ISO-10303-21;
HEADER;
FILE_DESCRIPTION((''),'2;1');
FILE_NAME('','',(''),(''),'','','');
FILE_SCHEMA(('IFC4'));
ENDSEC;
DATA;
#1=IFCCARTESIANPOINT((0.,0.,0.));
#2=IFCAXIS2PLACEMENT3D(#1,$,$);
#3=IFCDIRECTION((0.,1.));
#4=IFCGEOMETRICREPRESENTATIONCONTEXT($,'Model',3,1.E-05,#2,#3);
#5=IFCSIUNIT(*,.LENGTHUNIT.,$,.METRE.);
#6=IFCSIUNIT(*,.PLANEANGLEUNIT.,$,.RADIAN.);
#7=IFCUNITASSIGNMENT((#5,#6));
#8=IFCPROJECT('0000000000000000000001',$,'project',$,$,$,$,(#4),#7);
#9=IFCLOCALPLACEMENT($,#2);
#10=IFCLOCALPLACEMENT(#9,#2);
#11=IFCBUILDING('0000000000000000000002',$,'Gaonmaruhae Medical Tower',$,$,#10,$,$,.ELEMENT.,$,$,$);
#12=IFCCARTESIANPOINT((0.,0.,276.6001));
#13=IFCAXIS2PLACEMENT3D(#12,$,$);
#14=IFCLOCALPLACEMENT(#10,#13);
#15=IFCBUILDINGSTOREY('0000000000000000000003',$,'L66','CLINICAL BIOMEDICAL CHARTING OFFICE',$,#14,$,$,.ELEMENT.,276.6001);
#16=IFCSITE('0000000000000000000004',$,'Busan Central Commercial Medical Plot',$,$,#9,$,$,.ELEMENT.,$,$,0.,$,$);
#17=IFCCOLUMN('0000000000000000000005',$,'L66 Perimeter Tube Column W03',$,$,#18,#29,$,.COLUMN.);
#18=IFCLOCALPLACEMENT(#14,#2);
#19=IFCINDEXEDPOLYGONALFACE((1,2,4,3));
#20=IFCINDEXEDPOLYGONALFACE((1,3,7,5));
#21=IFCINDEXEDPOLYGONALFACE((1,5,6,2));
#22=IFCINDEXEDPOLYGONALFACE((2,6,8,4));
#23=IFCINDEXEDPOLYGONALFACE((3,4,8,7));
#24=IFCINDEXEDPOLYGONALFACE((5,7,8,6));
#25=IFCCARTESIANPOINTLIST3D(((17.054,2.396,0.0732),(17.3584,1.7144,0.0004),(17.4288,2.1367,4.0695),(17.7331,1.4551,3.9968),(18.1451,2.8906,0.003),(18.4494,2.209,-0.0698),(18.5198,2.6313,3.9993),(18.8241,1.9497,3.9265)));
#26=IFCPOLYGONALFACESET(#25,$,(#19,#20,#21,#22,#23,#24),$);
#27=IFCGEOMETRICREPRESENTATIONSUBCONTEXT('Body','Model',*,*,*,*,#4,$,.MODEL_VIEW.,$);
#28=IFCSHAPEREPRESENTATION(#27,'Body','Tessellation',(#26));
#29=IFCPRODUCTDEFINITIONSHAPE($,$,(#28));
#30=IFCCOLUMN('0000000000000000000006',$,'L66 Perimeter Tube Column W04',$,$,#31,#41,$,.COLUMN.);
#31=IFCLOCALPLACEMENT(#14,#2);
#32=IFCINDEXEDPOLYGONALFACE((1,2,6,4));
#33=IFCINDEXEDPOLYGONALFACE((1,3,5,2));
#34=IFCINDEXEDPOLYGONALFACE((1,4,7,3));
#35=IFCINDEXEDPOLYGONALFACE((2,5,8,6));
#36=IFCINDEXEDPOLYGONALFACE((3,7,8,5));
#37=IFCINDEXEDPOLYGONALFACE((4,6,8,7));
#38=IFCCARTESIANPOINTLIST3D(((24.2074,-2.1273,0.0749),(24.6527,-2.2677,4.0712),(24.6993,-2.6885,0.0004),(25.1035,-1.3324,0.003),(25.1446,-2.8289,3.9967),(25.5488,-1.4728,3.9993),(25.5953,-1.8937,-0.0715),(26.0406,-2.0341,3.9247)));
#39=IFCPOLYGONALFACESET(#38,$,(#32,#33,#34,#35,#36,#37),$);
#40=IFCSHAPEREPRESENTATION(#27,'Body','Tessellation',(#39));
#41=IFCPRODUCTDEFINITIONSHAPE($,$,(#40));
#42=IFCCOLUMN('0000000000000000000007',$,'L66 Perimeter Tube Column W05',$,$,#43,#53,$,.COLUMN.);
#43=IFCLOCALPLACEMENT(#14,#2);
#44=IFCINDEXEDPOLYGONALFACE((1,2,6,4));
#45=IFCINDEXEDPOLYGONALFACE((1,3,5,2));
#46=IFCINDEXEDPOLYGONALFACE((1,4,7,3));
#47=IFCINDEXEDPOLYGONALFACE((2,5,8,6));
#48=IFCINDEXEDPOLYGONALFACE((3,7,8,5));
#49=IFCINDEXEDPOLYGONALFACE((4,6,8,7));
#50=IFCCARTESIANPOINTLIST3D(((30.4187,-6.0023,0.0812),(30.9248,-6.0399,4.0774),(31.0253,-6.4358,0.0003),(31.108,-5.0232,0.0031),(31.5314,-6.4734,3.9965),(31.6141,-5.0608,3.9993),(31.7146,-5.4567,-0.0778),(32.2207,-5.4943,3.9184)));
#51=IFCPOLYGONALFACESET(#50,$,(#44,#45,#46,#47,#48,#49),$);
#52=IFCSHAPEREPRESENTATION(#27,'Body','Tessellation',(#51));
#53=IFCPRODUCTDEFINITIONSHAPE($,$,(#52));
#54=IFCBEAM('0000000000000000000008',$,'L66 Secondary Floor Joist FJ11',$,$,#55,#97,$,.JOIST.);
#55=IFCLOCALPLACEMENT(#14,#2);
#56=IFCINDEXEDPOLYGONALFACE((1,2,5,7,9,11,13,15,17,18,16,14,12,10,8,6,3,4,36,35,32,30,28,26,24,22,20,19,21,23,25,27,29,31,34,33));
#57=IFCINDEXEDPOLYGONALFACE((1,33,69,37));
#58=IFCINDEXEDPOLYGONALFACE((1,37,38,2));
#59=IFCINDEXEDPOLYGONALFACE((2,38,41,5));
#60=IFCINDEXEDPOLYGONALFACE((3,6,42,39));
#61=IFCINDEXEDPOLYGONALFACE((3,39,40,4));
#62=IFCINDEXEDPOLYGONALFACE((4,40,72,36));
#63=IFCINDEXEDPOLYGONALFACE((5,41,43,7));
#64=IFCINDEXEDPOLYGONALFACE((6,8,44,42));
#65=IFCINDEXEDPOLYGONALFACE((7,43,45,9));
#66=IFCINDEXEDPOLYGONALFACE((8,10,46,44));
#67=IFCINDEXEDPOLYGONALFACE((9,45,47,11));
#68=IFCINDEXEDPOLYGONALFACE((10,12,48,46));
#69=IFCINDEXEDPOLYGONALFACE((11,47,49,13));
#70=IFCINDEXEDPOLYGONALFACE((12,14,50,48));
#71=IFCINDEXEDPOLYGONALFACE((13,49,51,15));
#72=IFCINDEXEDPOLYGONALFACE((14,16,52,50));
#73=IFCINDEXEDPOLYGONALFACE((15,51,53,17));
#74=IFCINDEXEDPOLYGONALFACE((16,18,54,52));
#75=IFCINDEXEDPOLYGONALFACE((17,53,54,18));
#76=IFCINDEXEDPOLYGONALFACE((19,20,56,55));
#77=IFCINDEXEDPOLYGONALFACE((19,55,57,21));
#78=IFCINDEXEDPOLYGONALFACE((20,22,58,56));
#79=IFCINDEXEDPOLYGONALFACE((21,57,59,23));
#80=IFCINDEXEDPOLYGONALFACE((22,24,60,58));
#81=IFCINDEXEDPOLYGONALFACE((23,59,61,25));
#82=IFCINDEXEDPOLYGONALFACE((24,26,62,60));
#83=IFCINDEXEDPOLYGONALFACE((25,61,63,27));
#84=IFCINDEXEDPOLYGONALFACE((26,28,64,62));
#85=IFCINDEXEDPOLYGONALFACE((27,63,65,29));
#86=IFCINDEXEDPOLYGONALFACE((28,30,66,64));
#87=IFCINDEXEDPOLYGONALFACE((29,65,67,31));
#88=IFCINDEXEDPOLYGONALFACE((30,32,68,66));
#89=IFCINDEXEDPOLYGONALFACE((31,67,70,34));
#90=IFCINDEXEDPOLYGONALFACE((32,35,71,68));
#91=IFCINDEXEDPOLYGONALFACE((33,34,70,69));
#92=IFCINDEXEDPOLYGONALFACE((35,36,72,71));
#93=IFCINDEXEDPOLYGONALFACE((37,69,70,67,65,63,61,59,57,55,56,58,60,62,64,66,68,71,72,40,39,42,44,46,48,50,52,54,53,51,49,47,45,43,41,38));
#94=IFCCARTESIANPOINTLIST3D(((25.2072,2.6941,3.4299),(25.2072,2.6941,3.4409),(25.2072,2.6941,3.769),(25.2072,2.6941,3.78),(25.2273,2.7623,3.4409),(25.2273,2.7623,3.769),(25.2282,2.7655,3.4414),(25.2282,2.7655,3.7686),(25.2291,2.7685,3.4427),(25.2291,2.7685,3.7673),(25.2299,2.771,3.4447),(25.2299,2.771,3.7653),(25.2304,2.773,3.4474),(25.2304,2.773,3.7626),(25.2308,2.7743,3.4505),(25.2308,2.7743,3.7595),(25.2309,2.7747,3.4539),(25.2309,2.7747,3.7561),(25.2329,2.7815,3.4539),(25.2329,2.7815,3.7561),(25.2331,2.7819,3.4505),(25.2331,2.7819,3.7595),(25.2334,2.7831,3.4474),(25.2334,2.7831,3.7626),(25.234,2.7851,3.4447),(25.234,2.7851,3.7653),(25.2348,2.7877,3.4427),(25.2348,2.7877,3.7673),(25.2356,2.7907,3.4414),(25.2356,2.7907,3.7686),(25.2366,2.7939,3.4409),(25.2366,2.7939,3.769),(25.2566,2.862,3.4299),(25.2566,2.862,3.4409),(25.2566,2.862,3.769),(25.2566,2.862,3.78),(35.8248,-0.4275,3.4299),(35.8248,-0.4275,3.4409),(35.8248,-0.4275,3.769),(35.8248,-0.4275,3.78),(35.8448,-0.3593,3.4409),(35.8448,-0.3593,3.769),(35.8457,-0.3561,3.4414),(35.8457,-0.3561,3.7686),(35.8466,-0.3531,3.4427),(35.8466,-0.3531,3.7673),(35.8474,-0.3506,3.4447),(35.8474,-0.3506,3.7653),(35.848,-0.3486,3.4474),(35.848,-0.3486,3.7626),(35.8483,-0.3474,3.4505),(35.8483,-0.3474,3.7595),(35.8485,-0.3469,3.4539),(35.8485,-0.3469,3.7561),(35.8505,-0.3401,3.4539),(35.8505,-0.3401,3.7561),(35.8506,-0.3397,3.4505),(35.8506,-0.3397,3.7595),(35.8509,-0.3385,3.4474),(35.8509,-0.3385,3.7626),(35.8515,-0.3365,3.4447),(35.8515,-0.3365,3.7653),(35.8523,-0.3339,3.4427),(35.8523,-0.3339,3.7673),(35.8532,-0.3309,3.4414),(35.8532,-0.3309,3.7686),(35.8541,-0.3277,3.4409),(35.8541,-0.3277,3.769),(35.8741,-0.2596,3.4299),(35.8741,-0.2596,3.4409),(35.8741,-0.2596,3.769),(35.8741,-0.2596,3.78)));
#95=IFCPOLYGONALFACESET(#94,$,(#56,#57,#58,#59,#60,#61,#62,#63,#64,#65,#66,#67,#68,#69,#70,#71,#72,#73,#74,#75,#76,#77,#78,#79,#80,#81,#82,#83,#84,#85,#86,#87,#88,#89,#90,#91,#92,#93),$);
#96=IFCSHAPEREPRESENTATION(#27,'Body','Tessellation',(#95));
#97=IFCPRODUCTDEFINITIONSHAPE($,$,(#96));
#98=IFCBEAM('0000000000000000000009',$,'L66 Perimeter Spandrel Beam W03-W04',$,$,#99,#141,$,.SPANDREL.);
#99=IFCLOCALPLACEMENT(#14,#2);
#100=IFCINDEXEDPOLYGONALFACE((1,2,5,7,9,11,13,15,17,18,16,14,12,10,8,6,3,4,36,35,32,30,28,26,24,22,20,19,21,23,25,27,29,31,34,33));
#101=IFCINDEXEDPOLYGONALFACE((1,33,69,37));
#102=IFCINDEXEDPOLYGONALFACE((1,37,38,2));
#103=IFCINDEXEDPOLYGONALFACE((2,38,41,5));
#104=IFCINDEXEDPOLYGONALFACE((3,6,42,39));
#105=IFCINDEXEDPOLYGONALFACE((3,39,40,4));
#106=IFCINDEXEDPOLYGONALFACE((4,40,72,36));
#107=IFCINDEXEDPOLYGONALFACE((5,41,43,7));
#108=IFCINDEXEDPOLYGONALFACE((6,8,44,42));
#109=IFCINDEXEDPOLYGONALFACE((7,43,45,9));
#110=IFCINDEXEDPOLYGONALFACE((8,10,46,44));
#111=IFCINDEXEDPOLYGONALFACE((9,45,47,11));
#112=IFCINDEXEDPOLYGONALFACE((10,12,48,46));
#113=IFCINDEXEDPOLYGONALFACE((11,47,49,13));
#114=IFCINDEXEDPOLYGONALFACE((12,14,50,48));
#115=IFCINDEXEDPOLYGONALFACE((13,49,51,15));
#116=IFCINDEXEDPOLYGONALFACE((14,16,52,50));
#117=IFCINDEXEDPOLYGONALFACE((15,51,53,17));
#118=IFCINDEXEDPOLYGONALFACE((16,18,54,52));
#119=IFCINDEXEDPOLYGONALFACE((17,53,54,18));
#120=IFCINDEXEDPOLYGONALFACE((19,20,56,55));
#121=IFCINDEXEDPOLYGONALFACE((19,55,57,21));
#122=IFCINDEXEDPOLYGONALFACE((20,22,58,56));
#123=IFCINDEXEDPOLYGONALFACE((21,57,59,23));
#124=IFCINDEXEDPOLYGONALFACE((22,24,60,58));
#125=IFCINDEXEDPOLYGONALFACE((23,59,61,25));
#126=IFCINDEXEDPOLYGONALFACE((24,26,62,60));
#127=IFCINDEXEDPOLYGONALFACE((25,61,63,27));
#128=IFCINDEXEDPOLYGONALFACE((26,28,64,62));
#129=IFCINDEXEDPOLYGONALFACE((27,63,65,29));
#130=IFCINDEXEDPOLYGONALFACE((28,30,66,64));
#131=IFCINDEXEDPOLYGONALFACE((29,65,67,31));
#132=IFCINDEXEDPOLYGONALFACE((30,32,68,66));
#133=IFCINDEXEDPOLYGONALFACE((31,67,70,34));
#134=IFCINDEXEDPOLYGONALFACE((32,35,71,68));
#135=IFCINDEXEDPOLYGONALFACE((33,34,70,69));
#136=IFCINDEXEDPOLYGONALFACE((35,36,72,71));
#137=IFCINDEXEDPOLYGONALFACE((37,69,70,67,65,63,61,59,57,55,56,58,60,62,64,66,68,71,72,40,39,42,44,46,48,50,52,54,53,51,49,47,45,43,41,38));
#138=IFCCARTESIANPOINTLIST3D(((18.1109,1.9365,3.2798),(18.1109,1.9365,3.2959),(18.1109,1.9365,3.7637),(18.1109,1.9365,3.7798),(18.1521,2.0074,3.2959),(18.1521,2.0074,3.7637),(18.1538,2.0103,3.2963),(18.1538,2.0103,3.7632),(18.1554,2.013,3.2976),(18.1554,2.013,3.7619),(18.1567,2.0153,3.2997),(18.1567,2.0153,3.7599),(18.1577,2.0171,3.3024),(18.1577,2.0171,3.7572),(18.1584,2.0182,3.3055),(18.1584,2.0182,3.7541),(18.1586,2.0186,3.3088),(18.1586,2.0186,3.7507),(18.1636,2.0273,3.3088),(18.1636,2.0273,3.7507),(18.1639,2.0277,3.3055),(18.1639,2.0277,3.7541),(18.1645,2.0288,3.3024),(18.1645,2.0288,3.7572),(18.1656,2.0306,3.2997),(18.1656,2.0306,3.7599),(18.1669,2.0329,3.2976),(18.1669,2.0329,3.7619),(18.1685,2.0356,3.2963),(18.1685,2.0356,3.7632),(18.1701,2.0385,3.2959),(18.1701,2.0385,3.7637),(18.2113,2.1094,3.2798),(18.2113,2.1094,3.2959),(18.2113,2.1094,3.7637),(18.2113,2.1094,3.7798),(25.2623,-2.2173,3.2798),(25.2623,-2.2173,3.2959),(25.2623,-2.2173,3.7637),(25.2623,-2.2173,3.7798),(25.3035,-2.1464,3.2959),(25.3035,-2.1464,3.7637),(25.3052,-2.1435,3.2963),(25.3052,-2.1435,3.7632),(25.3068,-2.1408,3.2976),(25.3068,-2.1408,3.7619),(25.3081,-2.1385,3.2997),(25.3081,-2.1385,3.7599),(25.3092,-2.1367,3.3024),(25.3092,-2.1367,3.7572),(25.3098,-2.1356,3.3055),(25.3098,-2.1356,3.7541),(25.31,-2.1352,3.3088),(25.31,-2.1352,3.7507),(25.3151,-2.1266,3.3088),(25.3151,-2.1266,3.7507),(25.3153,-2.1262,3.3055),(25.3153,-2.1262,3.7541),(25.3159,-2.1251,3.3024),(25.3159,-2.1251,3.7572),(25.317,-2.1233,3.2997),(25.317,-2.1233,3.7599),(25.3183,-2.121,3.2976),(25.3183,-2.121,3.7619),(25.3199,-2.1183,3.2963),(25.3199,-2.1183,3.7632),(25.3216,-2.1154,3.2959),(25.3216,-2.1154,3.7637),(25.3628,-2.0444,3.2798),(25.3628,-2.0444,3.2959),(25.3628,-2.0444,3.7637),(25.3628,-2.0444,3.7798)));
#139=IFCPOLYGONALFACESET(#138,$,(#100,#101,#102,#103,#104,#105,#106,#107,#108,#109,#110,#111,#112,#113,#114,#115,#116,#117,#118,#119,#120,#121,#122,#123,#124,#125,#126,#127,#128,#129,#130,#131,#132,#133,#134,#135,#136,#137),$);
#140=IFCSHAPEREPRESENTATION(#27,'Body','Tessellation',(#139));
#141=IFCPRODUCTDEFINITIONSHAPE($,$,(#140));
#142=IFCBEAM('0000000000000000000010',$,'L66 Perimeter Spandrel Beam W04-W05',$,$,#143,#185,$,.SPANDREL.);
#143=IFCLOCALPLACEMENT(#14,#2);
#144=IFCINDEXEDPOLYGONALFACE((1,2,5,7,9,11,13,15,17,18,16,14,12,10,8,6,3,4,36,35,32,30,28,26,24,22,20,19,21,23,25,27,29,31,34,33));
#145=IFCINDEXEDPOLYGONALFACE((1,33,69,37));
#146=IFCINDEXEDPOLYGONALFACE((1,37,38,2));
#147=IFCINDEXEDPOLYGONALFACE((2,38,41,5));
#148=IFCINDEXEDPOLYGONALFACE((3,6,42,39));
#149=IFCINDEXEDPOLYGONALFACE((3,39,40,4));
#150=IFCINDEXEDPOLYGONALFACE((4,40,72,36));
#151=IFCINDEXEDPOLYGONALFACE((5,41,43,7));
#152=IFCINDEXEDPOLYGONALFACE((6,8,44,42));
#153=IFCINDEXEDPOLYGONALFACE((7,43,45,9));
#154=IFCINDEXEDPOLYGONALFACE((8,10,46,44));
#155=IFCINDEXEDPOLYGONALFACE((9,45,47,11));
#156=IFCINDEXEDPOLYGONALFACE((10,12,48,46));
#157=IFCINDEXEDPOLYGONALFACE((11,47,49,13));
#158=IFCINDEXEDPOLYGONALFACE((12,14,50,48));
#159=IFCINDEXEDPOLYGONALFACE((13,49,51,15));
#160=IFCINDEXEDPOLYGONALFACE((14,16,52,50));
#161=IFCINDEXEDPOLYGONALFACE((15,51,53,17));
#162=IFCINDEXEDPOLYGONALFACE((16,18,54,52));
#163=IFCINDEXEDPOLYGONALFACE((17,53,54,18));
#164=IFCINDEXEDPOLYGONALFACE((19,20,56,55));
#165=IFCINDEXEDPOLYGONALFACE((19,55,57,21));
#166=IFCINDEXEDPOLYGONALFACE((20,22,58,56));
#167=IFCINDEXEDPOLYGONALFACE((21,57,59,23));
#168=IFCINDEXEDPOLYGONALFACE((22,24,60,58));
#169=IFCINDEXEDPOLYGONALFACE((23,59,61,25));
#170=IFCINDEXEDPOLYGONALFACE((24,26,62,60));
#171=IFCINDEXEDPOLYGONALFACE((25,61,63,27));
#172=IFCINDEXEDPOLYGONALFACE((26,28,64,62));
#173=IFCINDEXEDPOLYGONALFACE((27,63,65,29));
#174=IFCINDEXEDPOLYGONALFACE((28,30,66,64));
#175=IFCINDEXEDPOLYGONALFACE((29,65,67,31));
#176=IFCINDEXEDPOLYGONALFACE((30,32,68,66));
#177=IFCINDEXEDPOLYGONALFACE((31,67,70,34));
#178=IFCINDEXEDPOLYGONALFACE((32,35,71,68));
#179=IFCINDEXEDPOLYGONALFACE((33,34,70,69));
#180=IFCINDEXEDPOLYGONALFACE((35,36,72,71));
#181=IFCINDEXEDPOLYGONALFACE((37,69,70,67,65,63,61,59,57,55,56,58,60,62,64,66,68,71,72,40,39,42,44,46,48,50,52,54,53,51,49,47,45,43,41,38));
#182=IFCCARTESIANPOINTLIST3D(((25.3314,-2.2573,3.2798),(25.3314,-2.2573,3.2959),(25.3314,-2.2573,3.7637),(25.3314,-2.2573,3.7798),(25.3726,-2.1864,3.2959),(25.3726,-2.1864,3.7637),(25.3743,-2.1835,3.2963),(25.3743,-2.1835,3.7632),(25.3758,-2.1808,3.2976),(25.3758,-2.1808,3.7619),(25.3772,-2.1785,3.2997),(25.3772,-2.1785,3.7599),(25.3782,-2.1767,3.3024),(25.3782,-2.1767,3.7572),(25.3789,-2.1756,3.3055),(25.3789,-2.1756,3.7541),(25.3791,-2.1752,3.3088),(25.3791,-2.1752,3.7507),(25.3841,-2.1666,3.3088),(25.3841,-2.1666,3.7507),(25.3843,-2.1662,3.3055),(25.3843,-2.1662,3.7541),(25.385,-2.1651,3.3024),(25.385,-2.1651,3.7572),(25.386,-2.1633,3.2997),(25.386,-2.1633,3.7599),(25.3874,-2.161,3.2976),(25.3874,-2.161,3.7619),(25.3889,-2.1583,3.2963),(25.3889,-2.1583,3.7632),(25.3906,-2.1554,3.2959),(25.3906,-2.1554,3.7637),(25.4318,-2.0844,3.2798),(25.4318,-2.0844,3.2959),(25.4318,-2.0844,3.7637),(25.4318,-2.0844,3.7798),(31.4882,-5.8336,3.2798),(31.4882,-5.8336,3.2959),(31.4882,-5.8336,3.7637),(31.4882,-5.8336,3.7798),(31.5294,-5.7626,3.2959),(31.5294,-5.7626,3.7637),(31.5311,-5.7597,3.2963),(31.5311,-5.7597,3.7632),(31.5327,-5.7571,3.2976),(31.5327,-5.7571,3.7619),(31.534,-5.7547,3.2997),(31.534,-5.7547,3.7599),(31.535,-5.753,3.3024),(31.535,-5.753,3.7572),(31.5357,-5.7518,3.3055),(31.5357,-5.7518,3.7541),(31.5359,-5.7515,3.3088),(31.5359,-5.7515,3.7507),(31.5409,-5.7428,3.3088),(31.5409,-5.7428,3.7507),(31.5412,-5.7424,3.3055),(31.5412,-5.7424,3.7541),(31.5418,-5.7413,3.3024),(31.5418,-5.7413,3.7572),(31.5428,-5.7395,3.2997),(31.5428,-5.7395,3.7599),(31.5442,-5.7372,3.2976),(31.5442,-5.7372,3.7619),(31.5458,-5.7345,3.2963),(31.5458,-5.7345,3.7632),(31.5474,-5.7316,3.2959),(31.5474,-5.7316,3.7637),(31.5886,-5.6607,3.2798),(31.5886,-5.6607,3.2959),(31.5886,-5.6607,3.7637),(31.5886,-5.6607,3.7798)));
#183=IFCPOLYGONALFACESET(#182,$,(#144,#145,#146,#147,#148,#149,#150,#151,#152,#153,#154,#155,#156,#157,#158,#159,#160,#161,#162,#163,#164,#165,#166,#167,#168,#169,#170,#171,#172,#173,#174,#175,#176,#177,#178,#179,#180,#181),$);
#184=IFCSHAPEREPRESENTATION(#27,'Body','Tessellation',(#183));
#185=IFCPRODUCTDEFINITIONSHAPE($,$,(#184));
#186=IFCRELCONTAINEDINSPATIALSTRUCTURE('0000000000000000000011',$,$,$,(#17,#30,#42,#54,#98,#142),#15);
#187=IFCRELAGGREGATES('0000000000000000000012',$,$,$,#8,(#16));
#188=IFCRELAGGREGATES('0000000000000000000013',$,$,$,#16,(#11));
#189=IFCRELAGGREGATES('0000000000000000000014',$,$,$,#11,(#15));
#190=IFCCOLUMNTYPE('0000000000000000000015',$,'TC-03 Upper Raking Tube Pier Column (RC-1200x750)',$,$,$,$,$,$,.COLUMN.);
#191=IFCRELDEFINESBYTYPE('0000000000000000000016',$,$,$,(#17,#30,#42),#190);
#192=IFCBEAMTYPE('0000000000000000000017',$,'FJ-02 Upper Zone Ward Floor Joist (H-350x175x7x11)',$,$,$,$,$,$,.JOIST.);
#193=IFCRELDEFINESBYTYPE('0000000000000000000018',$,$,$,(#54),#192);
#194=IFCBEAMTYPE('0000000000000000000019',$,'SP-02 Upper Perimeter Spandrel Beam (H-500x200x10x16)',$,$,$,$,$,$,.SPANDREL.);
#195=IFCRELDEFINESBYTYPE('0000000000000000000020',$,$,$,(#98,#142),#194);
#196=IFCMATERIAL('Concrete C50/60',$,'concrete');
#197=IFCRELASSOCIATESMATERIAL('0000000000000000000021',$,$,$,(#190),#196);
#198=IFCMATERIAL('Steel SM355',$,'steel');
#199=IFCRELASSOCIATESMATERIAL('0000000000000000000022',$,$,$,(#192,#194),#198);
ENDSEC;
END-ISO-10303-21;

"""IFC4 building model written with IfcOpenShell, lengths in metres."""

from ifc_helpers import new_model, si_unit, direction, frame, origin, origin_2d, place, context, subcontext, project, spatial, rectangle, i_section, extrude, material, material_profile, profile_set, type_object, element, save


model = new_model("IFC4")

# Units and contexts
model_context = context("Model", 3, precision=1e-05, world=origin(), true_north=direction((0.0, 1.0)))
body_context = subcontext(model_context, "Body", "Model", "MODEL_VIEW")
ifc_project = project(units=[si_unit("LENGTHUNIT", "METRE"), si_unit("PLANEANGLEUNIT", "RADIAN")], contexts=[model_context])

# Site, building, storey
site_placement = place(None, origin())
site = spatial("IfcSite", under=ifc_project, at=site_placement, Name="Busan Central Commercial Medical Plot", CompositionType="ELEMENT", RefElevation=0.0)
building_placement = place(site_placement, origin())
building = spatial("IfcBuilding", under=site, at=building_placement, Name="Gaonmaruhae Medical Tower", CompositionType="ELEMENT")
storey_placement = place(building_placement, frame((0.0, 0.0, 276.6001)))
storey = spatial("IfcBuildingStorey", under=building, at=storey_placement, Name="L66", Description="CLINICAL BIOMEDICAL CHARTING OFFICE", CompositionType="ELEMENT", Elevation=276.6001)

# Columns
ifc_material_1 = material(Name="Concrete C50/60", Category="concrete")
ifc_material_profile_1 = material_profile(ifc_material_1, rectangle(XDim=1.2, YDim=0.75, at=origin_2d()), Name="RC-1200x750")
ifc_profile_set_1 = profile_set([ifc_material_profile_1], Name="Concrete C50/60")
column_type = type_object("IfcColumnType", Name="TC-03 Upper Raking Tube Pier Column (RC-1200x750)", PredefinedType="COLUMN", material=ifc_profile_set_1)
column_1_placement = place(storey_placement, frame((17.7517, 2.3025, 0.0017), z_axis=(0.093171, -0.064461, 0.993561), x_axis=(-0.909225, -0.412171, 0.058521)))
element("IfcColumn", 1, at=column_1_placement, inside=storey, type_object=column_type, Name="L66 Perimeter Tube Column W03", PredefinedType="COLUMN", context=body_context, shape_type="SweptSolid", body=[
    extrude(rectangle(XDim=1.2, YDim=0.75, at=origin_2d()), origin(), (0.0, 0.0, 1.0), 4.0222),
])
column_2_placement = place(storey_placement, frame((24.9014, -2.0105, 0.0017), z_axis=(0.110677, -0.03489, 0.993244), x_axis=(-0.746748, -0.6624, 0.059942)))
element("IfcColumn", 2, at=column_2_placement, inside=storey, type_object=column_type, Name="L66 Perimeter Tube Column W04", PredefinedType="COLUMN", context=body_context, shape_type="SweptSolid", body=[
    extrude(rectangle(XDim=1.2, YDim=0.75, at=origin_2d()), origin(), (0.0, 0.0, 1.0), 4.0234),
])
column_3_placement = place(storey_placement, frame((31.0667, -5.7295, 0.0017), z_axis=(0.125633, -0.009333, 0.992033), x_axis=(-0.574446, -0.815952, 0.065072)))
element("IfcColumn", 3, at=column_3_placement, inside=storey, type_object=column_type, Name="L66 Perimeter Tube Column W05", PredefinedType="COLUMN", context=body_context, shape_type="SweptSolid", body=[
    extrude(rectangle(XDim=1.2, YDim=0.75, at=origin_2d()), origin(), (0.0, 0.0, 1.0), 4.0283),
])

# Beams
ifc_material_2 = material(Name="Steel SM355", Category="steel")
ifc_material_profile_2 = material_profile(ifc_material_2, i_section(OverallWidth=0.175, OverallDepth=0.3501, WebThickness=0.0071, FlangeThickness=0.011, FilletRadius=0.0129, at=origin_2d()), Name="H-350x175x7x11")
ifc_profile_set_2 = profile_set([ifc_material_profile_2], Name="Steel SM355")
beam_type_1 = type_object("IfcBeamType", Name="FJ-02 Upper Zone Ward Floor Joist (H-350x175x7x11)", PredefinedType="JOIST", material=ifc_profile_set_2)
beam_1_placement = place(storey_placement, frame((25.2319, 2.7781, 3.605), z_axis=(0.959395, -0.282067, 0.0), x_axis=(0.282067, 0.959395, 0.0)))
element("IfcBeam", 4, at=beam_1_placement, inside=storey, type_object=beam_type_1, Name="L66 Secondary Floor Joist FJ11", PredefinedType="JOIST", context=body_context, shape_type="SweptSolid", body=[
    extrude(i_section(OverallWidth=0.175, OverallDepth=0.3501, WebThickness=0.0071, FlangeThickness=0.011, FilletRadius=0.0129, at=origin_2d()), origin(), (0.0, 0.0, 1.0), 11.0669),
])
ifc_material_profile_3 = material_profile(ifc_material_2, i_section(OverallWidth=0.2, OverallDepth=0.5, WebThickness=0.01, FlangeThickness=0.0161, FilletRadius=0.0129, at=origin_2d()), Name="H-500x200x10x16")
ifc_profile_set_3 = profile_set([ifc_material_profile_3], Name="Steel SM355")
beam_type_2 = type_object("IfcBeamType", Name="SP-02 Upper Perimeter Spandrel Beam (H-500x200x10x16)", PredefinedType="SPANDREL", material=ifc_profile_set_3)
beam_2_placement = place(storey_placement, frame((18.1611, 2.0229, 3.5298), z_axis=(0.864715, -0.502262, 0.0), x_axis=(0.502262, 0.864715, 0.0)))
element("IfcBeam", 5, at=beam_2_placement, inside=storey, type_object=beam_type_2, Name="L66 Perimeter Spandrel Beam W03-W04", PredefinedType="SPANDREL", context=body_context, shape_type="SweptSolid", body=[
    extrude(i_section(OverallWidth=0.2, OverallDepth=0.5, WebThickness=0.01, FlangeThickness=0.0161, FilletRadius=0.0129, at=origin_2d()), origin(), (0.0, 0.0, 1.0), 8.2703),
])
beam_3_placement = place(storey_placement, frame((25.3816, -2.1709, 3.5298), z_axis=(0.86471, -0.502271, 0.0), x_axis=(0.502271, 0.86471, 0.0)))
element("IfcBeam", 6, at=beam_3_placement, inside=storey, type_object=beam_type_2, Name="L66 Perimeter Spandrel Beam W04-W05", PredefinedType="SPANDREL", context=body_context, shape_type="SweptSolid", body=[
    extrude(i_section(OverallWidth=0.2, OverallDepth=0.5, WebThickness=0.01, FlangeThickness=0.0161, FilletRadius=0.0129, at=origin_2d()), origin(), (0.0, 0.0, 1.0), 7.1201),
])

save(model, "model.ifc")
